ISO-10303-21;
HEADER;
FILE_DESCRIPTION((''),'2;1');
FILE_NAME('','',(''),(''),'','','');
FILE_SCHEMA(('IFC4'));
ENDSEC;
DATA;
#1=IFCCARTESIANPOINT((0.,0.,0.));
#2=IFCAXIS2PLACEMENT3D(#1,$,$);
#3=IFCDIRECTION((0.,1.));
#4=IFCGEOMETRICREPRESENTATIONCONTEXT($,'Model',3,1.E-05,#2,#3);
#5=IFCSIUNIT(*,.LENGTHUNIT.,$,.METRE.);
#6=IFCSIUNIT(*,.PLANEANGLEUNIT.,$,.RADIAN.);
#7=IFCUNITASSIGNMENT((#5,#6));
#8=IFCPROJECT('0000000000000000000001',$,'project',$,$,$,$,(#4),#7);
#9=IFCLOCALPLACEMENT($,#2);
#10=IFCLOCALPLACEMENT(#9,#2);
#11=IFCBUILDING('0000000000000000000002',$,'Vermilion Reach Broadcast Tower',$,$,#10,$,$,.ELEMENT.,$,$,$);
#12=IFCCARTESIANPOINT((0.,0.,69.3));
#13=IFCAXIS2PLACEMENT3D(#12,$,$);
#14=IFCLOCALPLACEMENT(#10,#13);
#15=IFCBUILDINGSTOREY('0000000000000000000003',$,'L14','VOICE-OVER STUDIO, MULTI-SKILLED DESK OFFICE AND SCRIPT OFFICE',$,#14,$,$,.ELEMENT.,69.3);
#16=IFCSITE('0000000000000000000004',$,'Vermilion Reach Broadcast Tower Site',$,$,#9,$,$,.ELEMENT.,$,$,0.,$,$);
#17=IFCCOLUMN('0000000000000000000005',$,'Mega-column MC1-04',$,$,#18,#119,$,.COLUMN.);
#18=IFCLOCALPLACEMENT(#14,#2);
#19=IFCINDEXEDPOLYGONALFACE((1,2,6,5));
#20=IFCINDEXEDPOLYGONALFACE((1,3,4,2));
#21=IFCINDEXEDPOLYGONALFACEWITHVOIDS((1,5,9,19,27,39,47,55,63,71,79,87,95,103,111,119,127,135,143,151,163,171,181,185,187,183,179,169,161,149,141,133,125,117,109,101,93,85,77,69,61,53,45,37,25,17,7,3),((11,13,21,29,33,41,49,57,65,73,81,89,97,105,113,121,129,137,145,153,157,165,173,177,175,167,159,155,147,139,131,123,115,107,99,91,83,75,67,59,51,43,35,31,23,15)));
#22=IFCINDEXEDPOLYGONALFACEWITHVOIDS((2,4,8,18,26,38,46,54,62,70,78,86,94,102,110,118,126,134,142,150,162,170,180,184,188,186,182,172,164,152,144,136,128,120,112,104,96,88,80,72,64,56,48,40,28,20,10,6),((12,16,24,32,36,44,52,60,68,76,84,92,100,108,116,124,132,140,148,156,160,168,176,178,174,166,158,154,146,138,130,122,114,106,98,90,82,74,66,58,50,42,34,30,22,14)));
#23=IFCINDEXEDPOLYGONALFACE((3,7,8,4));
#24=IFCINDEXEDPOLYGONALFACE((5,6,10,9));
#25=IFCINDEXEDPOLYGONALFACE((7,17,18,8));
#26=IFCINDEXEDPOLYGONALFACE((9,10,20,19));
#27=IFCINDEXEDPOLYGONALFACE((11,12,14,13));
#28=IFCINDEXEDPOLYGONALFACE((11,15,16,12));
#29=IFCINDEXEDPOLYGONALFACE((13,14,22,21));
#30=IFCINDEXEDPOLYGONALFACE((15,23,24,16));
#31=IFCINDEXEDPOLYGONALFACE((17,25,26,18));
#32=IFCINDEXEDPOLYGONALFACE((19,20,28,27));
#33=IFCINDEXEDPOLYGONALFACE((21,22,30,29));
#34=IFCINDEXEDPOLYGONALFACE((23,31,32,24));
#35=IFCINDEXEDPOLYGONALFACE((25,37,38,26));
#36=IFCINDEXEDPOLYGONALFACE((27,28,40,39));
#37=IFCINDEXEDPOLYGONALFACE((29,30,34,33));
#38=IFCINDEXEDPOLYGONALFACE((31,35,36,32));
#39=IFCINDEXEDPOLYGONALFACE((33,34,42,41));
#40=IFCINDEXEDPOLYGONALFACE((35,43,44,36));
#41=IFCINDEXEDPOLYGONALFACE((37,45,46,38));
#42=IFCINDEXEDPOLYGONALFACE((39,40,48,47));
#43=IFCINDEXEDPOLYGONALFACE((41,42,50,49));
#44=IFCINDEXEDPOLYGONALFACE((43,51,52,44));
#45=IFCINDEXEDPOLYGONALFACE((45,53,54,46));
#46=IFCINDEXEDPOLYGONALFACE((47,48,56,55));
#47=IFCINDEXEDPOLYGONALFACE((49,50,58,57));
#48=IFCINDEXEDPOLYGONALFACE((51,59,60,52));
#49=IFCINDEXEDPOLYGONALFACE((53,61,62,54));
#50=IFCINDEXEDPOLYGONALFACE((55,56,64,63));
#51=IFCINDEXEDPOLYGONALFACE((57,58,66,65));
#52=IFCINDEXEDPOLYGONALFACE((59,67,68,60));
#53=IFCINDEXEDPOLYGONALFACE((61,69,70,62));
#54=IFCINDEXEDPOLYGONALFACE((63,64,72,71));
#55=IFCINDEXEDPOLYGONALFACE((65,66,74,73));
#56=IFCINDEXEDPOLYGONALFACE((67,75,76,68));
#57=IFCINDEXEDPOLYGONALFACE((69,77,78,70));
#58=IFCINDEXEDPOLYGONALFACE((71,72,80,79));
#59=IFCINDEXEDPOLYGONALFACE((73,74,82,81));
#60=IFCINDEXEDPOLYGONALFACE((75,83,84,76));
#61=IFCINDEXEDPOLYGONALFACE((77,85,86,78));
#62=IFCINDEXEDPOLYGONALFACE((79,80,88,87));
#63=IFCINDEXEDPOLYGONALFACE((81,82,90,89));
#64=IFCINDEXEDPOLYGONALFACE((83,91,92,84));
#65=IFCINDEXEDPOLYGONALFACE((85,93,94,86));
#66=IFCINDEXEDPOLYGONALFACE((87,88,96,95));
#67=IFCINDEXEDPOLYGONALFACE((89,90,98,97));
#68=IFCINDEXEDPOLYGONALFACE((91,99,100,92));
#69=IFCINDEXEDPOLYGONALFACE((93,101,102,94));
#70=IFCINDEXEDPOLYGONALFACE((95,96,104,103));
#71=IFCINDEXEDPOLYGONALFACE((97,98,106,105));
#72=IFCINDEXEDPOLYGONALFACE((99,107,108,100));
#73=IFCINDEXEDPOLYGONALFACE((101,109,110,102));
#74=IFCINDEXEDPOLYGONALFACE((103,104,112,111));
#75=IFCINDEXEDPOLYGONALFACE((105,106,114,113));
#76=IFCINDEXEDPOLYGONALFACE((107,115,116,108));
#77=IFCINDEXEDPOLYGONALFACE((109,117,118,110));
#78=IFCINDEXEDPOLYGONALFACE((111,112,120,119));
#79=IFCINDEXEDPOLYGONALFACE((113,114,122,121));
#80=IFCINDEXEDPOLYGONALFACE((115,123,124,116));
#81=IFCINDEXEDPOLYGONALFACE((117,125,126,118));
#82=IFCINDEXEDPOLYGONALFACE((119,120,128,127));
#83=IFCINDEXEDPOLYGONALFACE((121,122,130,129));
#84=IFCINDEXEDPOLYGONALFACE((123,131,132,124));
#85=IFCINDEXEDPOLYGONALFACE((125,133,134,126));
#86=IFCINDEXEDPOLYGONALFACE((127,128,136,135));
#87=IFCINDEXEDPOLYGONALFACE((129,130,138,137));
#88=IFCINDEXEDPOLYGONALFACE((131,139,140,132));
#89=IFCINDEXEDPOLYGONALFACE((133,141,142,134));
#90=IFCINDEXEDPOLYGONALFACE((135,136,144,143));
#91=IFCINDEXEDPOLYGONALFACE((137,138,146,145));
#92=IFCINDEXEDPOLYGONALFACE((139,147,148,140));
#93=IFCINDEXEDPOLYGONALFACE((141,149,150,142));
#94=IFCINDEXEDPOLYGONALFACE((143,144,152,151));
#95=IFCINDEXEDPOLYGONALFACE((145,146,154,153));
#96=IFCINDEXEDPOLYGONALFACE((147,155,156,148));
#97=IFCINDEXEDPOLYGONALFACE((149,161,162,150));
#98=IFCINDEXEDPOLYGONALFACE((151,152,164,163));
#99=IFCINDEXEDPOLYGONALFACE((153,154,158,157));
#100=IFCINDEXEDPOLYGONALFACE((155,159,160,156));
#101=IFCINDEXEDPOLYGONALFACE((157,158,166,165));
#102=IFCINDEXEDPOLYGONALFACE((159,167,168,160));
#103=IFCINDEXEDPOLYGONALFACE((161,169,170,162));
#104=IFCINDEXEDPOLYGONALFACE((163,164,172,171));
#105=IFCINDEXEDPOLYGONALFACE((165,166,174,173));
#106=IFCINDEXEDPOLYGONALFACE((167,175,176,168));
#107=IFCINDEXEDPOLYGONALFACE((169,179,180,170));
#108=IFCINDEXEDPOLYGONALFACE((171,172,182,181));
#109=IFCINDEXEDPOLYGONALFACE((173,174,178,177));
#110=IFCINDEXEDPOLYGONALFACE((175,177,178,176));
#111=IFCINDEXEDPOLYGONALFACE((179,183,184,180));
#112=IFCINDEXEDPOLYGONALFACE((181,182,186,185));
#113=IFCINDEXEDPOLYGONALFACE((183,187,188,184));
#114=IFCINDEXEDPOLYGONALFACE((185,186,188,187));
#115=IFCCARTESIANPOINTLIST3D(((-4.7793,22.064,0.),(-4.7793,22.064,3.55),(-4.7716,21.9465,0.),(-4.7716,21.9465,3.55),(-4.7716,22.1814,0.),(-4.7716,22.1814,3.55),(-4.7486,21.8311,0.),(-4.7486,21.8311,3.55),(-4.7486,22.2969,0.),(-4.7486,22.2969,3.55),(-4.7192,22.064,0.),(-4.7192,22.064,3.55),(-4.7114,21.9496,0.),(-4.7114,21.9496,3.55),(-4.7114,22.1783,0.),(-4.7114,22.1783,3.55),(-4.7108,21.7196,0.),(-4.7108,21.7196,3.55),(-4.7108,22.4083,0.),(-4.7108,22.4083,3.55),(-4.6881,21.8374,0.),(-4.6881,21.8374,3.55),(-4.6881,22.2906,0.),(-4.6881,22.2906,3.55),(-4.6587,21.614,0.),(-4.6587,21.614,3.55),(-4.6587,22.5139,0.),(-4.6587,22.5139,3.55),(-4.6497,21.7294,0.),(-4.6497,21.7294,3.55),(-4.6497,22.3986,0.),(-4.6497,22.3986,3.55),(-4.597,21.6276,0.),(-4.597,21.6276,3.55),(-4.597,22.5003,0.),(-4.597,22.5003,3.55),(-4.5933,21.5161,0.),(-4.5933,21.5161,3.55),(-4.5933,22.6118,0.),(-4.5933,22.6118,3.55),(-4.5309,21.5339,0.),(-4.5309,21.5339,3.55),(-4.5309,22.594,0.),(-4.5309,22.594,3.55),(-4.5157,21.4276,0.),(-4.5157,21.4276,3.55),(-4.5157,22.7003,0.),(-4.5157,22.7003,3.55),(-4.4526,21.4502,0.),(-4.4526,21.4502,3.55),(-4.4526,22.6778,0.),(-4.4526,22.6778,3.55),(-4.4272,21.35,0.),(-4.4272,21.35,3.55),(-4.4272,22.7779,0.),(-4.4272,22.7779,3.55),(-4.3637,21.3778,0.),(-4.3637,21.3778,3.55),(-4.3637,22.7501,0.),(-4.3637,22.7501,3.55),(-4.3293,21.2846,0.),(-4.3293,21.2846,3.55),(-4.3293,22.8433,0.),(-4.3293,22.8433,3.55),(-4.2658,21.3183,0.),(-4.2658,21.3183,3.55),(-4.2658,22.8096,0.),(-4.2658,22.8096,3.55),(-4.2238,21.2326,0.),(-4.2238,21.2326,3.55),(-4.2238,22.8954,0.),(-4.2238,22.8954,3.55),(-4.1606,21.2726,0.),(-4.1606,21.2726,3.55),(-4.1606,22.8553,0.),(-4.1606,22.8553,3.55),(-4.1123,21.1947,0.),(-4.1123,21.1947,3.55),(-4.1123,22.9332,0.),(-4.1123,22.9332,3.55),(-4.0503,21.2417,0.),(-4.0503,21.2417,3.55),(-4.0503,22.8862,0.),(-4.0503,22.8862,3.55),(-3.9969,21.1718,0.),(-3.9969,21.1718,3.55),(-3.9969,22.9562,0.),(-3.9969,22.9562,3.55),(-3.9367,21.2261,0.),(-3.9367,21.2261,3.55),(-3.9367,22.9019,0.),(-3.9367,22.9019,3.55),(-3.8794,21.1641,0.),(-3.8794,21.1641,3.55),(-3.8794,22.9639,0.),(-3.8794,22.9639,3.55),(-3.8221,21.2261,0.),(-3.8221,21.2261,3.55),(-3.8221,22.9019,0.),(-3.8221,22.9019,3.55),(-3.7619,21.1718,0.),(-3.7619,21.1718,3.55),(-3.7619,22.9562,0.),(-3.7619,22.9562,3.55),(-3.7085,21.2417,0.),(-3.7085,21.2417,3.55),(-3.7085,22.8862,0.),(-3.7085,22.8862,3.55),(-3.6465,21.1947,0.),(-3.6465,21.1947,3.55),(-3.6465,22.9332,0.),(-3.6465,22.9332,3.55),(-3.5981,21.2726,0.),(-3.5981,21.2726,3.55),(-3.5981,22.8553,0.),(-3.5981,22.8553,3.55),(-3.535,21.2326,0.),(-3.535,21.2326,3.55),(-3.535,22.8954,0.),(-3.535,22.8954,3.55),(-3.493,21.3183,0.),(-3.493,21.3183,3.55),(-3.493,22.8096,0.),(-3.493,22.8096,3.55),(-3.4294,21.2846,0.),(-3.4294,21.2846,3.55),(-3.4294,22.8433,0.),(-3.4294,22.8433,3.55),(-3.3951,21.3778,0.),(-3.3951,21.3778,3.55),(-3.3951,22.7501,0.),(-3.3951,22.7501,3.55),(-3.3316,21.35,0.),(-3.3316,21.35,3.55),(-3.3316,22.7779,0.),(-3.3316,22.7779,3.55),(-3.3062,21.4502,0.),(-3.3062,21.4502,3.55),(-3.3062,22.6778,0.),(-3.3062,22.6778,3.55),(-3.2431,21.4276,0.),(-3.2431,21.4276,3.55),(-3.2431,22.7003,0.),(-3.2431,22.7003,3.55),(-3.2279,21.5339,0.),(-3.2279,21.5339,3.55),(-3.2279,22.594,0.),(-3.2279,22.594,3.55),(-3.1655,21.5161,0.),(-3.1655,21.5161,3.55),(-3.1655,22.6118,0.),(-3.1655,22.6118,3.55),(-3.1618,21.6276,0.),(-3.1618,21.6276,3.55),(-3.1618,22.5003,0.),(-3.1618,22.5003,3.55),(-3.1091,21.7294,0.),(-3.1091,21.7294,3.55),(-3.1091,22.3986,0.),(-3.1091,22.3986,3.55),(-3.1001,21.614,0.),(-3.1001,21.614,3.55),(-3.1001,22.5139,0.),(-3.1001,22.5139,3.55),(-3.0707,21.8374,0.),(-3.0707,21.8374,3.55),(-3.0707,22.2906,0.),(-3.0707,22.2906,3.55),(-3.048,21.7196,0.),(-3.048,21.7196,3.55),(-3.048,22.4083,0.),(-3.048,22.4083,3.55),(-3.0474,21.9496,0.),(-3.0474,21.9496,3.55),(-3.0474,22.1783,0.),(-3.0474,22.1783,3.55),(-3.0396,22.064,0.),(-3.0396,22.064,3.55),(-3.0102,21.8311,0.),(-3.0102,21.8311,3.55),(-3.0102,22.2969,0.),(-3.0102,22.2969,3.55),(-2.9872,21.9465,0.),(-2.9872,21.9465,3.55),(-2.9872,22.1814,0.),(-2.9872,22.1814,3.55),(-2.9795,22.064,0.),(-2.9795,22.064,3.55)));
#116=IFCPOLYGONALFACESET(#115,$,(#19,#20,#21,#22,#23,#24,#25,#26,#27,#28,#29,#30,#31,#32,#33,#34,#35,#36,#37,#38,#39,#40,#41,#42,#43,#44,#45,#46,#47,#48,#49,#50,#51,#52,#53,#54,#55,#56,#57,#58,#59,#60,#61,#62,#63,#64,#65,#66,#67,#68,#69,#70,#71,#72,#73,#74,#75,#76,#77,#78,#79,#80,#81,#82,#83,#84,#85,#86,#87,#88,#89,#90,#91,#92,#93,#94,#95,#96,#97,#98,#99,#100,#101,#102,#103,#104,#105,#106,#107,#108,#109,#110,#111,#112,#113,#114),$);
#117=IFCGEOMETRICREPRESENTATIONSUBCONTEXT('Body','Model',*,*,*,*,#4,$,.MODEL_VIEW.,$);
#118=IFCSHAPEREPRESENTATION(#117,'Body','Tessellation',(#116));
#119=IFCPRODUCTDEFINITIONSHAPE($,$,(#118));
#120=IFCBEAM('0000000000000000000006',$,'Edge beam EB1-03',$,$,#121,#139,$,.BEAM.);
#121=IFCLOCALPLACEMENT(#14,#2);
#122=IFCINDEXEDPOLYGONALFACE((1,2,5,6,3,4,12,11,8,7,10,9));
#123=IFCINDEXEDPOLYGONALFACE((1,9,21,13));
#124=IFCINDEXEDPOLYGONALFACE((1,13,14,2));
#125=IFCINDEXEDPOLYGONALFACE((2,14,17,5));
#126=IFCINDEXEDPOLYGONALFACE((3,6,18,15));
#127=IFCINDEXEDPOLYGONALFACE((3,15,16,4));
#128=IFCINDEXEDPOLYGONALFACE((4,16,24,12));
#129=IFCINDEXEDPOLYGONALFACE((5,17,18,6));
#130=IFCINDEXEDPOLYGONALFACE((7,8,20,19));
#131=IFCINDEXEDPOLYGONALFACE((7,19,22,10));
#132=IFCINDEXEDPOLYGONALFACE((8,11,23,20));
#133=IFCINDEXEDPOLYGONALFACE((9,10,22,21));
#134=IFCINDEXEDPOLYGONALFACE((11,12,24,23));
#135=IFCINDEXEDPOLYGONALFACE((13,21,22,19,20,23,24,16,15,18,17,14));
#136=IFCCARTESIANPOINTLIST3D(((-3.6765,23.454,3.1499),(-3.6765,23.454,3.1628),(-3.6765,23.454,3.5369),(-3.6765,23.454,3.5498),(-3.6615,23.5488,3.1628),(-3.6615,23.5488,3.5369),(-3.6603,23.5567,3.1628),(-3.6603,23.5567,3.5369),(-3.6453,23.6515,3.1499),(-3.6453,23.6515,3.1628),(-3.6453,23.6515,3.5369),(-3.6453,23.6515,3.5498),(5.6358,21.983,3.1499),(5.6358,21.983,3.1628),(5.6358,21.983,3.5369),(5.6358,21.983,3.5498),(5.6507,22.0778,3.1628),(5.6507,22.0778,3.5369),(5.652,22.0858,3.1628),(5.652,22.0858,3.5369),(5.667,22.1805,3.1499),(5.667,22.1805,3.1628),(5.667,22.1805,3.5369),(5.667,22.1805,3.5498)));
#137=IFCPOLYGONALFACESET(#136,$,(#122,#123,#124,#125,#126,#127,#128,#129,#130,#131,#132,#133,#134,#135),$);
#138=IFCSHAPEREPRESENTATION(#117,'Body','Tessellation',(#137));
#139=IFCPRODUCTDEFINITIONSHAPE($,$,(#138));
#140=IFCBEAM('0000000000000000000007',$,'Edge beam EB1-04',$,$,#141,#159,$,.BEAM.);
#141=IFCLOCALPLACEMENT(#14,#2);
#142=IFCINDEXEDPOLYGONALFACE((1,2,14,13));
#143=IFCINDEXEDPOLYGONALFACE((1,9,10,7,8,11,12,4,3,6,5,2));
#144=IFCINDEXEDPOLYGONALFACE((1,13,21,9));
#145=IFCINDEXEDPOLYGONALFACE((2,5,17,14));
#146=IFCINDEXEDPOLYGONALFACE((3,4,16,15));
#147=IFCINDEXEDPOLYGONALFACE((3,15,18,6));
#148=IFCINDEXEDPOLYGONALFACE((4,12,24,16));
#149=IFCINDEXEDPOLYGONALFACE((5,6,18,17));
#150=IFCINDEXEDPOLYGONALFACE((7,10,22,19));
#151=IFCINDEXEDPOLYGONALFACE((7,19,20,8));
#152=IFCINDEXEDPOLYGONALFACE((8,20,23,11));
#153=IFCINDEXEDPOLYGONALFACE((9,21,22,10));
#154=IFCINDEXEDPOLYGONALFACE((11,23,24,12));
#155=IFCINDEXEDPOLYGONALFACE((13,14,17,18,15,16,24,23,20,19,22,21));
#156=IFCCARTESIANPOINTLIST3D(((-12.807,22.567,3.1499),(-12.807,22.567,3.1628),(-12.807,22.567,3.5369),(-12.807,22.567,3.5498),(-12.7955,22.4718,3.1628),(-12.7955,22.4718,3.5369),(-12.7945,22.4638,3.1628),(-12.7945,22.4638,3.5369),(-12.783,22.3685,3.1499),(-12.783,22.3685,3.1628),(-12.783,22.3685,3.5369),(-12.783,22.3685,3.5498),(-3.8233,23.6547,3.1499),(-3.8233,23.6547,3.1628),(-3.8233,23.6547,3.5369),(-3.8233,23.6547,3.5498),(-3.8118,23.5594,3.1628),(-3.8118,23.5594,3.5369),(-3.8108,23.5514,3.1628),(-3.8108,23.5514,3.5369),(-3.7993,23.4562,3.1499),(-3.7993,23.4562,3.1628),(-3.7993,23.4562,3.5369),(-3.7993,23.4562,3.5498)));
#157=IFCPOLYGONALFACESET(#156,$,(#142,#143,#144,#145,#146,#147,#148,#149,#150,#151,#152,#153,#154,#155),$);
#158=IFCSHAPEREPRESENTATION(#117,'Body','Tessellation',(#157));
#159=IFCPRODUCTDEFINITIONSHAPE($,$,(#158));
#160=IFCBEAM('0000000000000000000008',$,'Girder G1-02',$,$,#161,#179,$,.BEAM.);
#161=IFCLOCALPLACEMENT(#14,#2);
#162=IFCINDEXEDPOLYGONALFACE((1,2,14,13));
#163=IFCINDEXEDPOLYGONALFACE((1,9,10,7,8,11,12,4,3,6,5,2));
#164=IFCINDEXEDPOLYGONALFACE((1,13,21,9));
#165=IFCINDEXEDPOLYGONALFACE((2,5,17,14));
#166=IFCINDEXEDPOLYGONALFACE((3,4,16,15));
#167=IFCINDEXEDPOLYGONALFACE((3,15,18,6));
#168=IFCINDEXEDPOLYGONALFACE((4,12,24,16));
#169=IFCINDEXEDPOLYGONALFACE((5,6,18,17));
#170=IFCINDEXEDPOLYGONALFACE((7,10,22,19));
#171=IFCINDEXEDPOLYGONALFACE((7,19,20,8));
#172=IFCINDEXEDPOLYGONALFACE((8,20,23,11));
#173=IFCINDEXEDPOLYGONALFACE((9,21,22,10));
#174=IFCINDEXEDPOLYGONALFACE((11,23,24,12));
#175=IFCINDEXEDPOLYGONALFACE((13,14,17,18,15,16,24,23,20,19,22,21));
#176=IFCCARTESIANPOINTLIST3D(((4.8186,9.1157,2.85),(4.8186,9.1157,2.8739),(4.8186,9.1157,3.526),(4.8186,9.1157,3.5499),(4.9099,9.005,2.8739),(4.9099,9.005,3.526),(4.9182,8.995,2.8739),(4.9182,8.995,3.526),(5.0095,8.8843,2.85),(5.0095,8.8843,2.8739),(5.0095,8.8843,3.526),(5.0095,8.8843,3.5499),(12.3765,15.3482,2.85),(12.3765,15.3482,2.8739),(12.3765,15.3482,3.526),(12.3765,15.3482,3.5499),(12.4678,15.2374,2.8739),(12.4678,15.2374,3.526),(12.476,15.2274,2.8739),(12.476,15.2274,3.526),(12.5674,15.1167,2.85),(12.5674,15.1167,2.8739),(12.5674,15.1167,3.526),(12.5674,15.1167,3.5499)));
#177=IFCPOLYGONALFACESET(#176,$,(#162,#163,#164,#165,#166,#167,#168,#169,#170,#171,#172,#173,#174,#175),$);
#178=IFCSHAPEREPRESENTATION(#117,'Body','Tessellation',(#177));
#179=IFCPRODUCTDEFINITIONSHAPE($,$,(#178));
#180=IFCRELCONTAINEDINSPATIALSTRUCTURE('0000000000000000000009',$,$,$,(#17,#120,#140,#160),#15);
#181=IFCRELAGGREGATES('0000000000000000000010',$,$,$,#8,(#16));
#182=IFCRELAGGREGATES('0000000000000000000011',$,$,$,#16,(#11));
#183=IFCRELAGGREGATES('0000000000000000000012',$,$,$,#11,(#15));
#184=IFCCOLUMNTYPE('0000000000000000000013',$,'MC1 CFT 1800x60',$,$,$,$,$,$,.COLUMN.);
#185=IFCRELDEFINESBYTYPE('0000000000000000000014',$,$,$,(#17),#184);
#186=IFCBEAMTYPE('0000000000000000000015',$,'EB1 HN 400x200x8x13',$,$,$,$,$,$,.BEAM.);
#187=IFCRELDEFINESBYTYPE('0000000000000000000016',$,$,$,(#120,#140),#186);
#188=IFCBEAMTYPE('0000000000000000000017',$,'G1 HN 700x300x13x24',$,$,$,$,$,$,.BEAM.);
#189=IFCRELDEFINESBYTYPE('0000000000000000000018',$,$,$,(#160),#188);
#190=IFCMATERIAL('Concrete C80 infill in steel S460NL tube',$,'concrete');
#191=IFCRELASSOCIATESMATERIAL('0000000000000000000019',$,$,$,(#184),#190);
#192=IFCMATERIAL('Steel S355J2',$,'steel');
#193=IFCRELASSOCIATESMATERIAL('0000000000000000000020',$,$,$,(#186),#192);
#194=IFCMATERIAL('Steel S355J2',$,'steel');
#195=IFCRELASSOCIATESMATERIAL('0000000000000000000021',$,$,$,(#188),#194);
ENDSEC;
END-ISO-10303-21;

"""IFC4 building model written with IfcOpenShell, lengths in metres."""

from ifc_helpers import new_model, si_unit, direction, frame, origin, origin_2d, place, context, subcontext, project, spatial, hollow_circle, i_section, extrude, material, material_profile, profile_set, type_object, element, save


model = new_model("IFC4")

# Units and contexts
model_context = context("Model", 3, precision=1e-05, world=origin(), true_north=direction((0.0, 1.0)))
body_context = subcontext(model_context, "Body", "Model", "MODEL_VIEW")
ifc_project = project(units=[si_unit("LENGTHUNIT", "METRE"), si_unit("PLANEANGLEUNIT", "RADIAN")], contexts=[model_context])

# Site, building, storey
site_placement = place(None, origin())
site = spatial("IfcSite", under=ifc_project, at=site_placement, Name="Vermilion Reach Broadcast Tower Site", CompositionType="ELEMENT", RefElevation=0.0)
building_placement = place(site_placement, origin())
building = spatial("IfcBuilding", under=site, at=building_placement, Name="Vermilion Reach Broadcast Tower", CompositionType="ELEMENT")
storey_placement = place(building_placement, frame((0.0, 0.0, 69.3)))
storey = spatial("IfcBuildingStorey", under=building, at=storey_placement, Name="L14", Description="VOICE-OVER STUDIO, MULTI-SKILLED DESK OFFICE AND SCRIPT OFFICE", CompositionType="ELEMENT", Elevation=69.3)

# Column
ifc_material_1 = material(Name="Concrete C80 infill in steel S460NL tube", Category="concrete")
ifc_material_profile_1 = material_profile(ifc_material_1, hollow_circle(Radius=0.8999, WallThickness=0.0601, at=origin_2d()), Name="Concrete C80 infill in steel S460NL tube CFT 1800x60")
ifc_profile_set_1 = profile_set([ifc_material_profile_1], Name="Concrete C80 infill in steel S460NL tube")
column_type = type_object("IfcColumnType", Name="MC1 CFT 1800x60", PredefinedType="COLUMN", material=ifc_profile_set_1)
for number, where, z_axis, x_axis, name in (
    (1, (-3.8794, 22.064, 0.0), (0.0, 0.0, 1.0), (1.0, 0.0, 0.0), "Mega-column MC1-04"),
):
    element("IfcColumn", number, at=place(storey_placement, frame(where, z_axis=z_axis, x_axis=x_axis)), inside=storey, type_object=column_type, Name=name, PredefinedType="COLUMN", context=body_context, shape_type="SweptSolid", body=[
        extrude(hollow_circle(Radius=0.8999, WallThickness=0.0601, at=origin_2d()), origin(), (0.0, 0.0, 1.0), 3.55),
    ])

# Beams
ifc_material_2 = material(Name="Steel S355J2", Category="steel")
ifc_material_profile_2 = material_profile(ifc_material_2, i_section(OverallWidth=0.2, OverallDepth=0.3999, WebThickness=0.0081, FlangeThickness=0.0129, at=origin_2d()), Name="S355J2 HN 400x200x8x13")
ifc_profile_set_2 = profile_set([ifc_material_profile_2], Name="Steel S355J2")
beam_type_1 = type_object("IfcBeamType", Name="EB1 HN 400x200x8x13", PredefinedType="BEAM", material=ifc_profile_set_2)
beam_1_placement = place(storey_placement, frame((5.6514, 22.0818, 3.3499), z_axis=(-0.987753, 0.156024, 0.0), x_axis=(-0.156024, -0.987753, 0.0)))
element("IfcBeam", 2, at=beam_1_placement, inside=storey, type_object=beam_type_1, Name="Edge beam EB1-03", PredefinedType="BEAM", context=body_context, shape_type="SweptSolid", body=[
    extrude(i_section(OverallWidth=0.2, OverallDepth=0.3999, WebThickness=0.0081, FlangeThickness=0.0129, at=origin_2d()), origin(), (0.0, 0.0, 1.0), 9.4277),
])
beam_2_placement = place(storey_placement, frame((-3.8113, 23.5554, 3.3499), z_axis=(-0.992751, -0.120192, 0.0), x_axis=(0.120192, -0.992751, 0.0)))
element("IfcBeam", 3, at=beam_2_placement, inside=storey, type_object=beam_type_1, Name="Edge beam EB1-04", PredefinedType="BEAM", context=body_context, shape_type="SweptSolid", body=[
    extrude(i_section(OverallWidth=0.2, OverallDepth=0.3999, WebThickness=0.0081, FlangeThickness=0.0129, at=origin_2d()), origin(), (0.0, 0.0, 1.0), 9.0493),
])
ifc_material_3 = material(Name="Steel S355J2", Category="steel")
ifc_material_profile_3 = material_profile(ifc_material_3, i_section(OverallWidth=0.3, OverallDepth=0.7, WebThickness=0.0129, FlangeThickness=0.0239, at=origin_2d()), Name="S355J2 HN 700x300x13x24")
ifc_profile_set_3 = profile_set([ifc_material_profile_3], Name="Steel S355J2")
beam_type_2 = type_object("IfcBeamType", Name="G1 HN 700x300x13x24", PredefinedType="BEAM", material=ifc_profile_set_3)
beam_3_placement = place(storey_placement, frame((4.9141, 9.0, 3.2), z_axis=(0.771514, 0.636212, 0.0), x_axis=(-0.636212, 0.771514, 0.0)))
element("IfcBeam", 4, at=beam_3_placement, inside=storey, type_object=beam_type_2, Name="Girder G1-02", PredefinedType="BEAM", context=body_context, shape_type="SweptSolid", body=[
    extrude(i_section(OverallWidth=0.3, OverallDepth=0.7, WebThickness=0.0129, FlangeThickness=0.0239, at=origin_2d()), origin(), (0.0, 0.0, 1.0), 9.7961),
])

save(model, "model.ifc")
